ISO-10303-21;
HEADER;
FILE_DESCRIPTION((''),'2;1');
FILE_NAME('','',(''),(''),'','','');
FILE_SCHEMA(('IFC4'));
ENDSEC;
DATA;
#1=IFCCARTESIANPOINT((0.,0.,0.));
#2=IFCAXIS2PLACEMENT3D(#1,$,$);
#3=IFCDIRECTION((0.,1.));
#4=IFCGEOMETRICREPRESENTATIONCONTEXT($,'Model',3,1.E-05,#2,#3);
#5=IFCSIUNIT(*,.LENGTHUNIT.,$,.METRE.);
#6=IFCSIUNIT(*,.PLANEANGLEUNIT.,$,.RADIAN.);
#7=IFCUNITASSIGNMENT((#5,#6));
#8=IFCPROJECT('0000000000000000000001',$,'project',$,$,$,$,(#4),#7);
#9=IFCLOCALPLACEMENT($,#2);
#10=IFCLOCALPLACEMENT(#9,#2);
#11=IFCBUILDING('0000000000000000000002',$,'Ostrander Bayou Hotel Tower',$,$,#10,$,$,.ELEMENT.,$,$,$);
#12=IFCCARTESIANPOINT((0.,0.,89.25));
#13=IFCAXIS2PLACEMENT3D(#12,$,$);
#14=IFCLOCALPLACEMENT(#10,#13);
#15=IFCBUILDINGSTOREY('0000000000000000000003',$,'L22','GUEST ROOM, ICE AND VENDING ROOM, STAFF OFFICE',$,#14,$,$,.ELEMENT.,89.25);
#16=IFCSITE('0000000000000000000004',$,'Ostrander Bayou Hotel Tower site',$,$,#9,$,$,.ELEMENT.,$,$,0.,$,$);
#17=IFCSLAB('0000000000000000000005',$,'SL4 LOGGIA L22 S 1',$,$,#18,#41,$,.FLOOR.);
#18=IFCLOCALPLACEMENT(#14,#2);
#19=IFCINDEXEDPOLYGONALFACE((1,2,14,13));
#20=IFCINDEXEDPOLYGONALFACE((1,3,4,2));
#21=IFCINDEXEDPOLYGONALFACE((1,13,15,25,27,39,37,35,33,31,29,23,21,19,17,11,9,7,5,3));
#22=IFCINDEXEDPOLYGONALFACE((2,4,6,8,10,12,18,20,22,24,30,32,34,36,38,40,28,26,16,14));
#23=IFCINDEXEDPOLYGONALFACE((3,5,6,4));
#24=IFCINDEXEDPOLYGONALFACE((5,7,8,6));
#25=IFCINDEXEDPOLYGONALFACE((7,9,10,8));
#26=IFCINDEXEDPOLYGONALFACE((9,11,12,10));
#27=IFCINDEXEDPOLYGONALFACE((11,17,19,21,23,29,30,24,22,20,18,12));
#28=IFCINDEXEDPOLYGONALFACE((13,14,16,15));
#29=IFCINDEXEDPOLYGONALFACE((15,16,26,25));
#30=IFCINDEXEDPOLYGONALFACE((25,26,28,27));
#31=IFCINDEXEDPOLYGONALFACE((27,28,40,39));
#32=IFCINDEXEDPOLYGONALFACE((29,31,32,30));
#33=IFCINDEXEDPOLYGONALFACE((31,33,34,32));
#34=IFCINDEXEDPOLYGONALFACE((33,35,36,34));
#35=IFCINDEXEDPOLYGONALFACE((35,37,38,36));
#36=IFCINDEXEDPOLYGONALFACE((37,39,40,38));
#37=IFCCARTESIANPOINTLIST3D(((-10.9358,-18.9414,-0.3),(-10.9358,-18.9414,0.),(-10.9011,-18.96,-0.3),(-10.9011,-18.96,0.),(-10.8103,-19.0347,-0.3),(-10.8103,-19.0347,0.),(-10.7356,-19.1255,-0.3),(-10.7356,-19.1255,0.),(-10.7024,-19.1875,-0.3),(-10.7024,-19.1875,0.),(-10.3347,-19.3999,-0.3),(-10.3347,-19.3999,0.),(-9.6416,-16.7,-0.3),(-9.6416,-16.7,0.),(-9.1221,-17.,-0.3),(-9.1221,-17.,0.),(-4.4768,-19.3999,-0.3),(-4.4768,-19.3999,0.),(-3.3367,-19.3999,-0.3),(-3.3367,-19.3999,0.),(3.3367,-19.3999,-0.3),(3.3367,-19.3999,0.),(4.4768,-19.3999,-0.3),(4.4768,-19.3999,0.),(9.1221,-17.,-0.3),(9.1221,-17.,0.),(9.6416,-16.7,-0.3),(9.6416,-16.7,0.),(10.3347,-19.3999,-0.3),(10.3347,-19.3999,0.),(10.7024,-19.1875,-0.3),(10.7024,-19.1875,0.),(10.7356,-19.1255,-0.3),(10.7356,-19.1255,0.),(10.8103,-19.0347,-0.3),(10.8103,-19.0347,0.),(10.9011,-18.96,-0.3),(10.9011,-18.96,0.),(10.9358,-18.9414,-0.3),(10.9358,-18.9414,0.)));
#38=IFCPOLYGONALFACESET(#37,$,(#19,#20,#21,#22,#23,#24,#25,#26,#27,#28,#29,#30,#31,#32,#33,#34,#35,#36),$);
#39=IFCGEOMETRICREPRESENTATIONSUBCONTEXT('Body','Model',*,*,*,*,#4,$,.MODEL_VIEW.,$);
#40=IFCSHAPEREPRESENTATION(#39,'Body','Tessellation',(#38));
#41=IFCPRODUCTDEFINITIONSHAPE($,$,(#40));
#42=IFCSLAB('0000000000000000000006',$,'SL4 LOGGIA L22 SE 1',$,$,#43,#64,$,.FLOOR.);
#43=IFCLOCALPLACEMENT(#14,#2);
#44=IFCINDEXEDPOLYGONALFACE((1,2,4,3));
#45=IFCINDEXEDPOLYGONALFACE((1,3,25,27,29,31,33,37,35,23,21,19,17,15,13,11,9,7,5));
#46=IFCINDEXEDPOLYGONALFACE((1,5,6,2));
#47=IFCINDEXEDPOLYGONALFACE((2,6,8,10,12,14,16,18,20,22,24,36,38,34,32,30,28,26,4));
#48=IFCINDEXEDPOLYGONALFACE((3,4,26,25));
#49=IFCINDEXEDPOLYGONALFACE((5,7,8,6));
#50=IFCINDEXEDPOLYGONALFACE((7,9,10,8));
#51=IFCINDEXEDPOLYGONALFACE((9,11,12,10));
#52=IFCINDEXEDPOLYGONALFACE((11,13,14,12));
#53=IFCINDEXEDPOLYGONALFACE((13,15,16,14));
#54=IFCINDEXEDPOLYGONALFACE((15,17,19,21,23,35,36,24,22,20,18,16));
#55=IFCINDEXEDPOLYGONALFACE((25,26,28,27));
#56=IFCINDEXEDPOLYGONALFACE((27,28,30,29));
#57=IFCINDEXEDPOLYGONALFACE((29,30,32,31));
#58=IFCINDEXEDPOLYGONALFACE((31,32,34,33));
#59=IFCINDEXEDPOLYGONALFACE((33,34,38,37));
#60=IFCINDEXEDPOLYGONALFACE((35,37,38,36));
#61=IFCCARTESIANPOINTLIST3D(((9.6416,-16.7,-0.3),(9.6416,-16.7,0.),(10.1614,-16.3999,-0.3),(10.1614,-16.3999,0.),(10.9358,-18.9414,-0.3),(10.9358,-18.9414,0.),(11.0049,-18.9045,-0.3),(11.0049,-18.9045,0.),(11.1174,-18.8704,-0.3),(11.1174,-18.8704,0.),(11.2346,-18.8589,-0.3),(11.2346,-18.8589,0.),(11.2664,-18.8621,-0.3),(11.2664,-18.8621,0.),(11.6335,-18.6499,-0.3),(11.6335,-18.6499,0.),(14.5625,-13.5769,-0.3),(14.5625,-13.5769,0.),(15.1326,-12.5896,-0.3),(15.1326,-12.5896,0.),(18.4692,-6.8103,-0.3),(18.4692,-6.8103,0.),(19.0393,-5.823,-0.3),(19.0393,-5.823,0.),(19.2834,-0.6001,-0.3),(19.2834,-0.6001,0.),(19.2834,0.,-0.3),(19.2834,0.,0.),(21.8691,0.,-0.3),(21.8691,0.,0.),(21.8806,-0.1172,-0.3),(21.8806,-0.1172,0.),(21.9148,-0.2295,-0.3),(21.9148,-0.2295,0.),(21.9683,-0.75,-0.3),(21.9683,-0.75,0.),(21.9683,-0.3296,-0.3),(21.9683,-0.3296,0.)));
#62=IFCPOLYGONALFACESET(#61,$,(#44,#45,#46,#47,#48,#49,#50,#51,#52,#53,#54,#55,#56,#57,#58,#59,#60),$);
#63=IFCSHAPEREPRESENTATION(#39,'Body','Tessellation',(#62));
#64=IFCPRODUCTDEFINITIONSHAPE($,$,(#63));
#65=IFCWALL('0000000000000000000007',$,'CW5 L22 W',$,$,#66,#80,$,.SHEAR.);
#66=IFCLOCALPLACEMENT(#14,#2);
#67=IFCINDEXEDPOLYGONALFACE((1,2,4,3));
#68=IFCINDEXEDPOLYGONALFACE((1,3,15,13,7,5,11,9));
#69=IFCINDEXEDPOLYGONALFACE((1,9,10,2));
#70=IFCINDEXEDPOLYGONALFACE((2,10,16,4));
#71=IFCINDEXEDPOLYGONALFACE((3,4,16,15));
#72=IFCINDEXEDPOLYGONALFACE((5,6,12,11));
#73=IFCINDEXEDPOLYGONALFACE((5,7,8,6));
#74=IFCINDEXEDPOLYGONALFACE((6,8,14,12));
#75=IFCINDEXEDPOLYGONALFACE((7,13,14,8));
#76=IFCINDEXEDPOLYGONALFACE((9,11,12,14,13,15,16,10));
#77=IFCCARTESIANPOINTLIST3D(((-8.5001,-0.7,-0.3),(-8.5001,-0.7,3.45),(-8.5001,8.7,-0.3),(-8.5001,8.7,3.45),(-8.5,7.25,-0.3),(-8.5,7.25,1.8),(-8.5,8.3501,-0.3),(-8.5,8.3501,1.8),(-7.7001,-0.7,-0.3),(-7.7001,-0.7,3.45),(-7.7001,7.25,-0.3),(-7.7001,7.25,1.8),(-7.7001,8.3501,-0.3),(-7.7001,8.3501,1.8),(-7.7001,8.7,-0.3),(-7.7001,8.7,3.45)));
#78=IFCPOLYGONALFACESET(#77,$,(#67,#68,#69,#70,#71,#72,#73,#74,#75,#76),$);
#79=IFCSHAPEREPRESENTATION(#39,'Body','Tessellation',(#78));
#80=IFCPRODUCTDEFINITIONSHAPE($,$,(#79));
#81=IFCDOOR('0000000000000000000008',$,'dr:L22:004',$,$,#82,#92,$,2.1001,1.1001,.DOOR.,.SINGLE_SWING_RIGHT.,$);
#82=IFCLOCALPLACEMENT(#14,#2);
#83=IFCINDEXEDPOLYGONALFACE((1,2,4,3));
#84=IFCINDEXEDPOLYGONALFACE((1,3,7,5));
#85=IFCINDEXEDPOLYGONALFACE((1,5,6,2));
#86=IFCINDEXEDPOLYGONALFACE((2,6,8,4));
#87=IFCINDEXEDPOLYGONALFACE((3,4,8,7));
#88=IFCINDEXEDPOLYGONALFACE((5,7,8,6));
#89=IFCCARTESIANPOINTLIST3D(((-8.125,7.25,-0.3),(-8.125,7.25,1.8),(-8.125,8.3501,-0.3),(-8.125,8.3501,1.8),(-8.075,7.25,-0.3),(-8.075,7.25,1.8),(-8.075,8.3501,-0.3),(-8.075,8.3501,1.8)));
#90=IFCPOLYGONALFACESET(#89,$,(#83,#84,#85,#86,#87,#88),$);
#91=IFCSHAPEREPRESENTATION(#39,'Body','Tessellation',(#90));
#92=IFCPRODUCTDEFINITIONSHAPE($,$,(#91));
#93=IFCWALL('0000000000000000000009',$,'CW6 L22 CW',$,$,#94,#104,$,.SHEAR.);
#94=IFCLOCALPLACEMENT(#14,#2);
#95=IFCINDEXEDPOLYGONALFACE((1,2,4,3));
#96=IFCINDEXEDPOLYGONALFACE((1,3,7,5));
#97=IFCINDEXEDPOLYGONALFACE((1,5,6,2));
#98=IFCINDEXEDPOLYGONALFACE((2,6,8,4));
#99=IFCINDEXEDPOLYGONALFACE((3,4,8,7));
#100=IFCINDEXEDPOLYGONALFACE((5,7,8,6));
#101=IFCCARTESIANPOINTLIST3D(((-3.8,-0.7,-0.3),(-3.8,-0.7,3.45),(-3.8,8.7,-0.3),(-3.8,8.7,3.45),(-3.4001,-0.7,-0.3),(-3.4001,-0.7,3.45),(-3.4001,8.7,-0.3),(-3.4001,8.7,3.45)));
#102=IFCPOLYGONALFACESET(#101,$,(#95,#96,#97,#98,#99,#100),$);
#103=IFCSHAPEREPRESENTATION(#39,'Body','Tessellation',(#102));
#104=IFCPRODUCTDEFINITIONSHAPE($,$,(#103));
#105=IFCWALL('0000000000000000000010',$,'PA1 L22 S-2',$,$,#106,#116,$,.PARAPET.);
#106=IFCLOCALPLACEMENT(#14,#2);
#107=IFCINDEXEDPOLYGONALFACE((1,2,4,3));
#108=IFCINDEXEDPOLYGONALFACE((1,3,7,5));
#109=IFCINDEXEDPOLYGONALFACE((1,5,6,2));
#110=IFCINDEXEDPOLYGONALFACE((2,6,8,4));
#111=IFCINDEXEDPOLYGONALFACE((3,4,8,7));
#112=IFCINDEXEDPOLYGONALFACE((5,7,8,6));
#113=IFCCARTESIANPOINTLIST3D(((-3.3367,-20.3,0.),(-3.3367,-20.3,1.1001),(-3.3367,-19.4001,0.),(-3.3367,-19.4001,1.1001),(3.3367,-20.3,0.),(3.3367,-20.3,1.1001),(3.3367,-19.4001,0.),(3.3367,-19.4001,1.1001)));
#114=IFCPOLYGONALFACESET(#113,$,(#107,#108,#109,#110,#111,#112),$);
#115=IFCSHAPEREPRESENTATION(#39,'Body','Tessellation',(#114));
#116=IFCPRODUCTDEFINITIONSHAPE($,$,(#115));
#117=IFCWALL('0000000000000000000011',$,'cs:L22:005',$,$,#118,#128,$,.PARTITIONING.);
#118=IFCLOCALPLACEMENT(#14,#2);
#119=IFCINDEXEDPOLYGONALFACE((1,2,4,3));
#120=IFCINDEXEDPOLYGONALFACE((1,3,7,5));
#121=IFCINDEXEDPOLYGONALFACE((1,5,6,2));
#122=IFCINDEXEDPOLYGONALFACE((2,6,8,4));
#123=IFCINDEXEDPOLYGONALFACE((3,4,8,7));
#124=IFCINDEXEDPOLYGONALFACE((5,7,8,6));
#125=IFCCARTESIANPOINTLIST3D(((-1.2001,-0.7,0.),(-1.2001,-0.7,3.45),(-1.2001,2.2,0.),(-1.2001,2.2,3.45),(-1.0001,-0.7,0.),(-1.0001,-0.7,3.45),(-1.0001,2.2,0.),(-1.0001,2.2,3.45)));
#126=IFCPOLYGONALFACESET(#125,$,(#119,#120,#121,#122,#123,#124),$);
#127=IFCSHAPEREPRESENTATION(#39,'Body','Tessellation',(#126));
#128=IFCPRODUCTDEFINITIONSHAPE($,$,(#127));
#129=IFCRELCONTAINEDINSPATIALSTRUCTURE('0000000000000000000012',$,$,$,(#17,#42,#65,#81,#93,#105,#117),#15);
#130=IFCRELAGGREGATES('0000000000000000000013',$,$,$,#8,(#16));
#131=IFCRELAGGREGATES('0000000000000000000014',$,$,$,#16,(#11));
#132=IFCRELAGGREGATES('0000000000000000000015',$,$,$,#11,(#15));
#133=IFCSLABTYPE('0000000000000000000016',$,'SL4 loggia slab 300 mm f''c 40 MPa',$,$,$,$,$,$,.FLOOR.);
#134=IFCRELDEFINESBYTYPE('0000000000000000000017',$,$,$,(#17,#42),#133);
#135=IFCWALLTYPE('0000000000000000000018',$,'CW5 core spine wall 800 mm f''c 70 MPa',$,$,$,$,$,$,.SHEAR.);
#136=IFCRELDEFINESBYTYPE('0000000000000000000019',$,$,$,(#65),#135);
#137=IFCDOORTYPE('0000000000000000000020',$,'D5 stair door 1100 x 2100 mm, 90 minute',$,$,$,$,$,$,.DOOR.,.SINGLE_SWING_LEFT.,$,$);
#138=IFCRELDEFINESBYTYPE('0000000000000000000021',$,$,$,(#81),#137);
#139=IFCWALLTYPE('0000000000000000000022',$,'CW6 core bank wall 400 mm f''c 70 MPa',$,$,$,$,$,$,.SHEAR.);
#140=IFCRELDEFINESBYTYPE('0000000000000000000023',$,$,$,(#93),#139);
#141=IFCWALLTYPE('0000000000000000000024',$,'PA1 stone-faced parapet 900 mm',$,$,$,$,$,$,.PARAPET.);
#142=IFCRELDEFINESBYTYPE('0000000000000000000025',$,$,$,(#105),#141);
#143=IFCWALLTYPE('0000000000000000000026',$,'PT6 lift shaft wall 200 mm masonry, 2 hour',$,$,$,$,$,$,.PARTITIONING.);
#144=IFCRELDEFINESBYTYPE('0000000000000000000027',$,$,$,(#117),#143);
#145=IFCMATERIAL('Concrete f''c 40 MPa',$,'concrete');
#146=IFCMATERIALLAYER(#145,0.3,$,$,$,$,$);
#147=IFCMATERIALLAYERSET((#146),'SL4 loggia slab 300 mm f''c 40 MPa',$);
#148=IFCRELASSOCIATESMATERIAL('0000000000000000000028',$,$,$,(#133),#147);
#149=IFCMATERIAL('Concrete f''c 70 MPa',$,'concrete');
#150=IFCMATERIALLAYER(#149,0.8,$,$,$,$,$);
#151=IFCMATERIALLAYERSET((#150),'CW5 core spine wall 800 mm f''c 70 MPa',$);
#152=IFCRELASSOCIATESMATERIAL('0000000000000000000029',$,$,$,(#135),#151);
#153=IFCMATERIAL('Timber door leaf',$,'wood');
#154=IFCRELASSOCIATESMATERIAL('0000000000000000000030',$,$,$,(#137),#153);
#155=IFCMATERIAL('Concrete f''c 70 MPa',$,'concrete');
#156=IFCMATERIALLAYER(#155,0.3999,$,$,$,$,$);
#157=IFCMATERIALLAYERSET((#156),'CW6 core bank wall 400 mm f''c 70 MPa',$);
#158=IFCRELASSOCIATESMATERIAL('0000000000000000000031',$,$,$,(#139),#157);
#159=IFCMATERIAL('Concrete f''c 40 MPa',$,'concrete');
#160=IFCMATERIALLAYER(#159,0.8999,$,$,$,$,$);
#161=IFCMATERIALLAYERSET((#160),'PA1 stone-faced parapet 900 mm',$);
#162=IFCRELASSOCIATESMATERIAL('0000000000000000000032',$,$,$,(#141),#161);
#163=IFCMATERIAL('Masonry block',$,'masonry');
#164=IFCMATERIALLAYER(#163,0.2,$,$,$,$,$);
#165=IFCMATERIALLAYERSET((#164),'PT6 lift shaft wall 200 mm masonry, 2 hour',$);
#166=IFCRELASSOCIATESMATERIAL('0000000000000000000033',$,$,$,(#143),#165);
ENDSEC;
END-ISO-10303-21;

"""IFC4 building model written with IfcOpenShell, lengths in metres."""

from ifc_helpers import new_model, si_unit, direction, frame, frame_2d, origin, place, context, subcontext, project, spatial, polyline, rectangle, outline, extrude, material, layer, layer_set, type_object, element, fill, save


model = new_model("IFC4")

# Units and contexts
model_context = context("Model", 3, precision=1e-05, world=origin(), true_north=direction((0.0, 1.0)))
body_context = subcontext(model_context, "Body", "Model", "MODEL_VIEW")
ifc_project = project(units=[si_unit("LENGTHUNIT", "METRE"), si_unit("PLANEANGLEUNIT", "RADIAN")], contexts=[model_context])

# Site, building, storey
site_placement = place(None, origin())
site = spatial("IfcSite", under=ifc_project, at=site_placement, Name="Ostrander Bayou Hotel Tower site", CompositionType="ELEMENT", RefElevation=0.0)
building_placement = place(site_placement, origin())
building = spatial("IfcBuilding", under=site, at=building_placement, Name="Ostrander Bayou Hotel Tower", CompositionType="ELEMENT")
storey_placement = place(building_placement, frame((0.0, 0.0, 89.25)))
storey = spatial("IfcBuildingStorey", under=building, at=storey_placement, Name="L22", Description="GUEST ROOM, ICE AND VENDING ROOM, STAFF OFFICE", CompositionType="ELEMENT", Elevation=89.25)

# Slabs
ifc_material_1 = material(Name="Concrete f'c 40 MPa", Category="concrete")
ifc_layer_1 = layer(ifc_material_1, 0.3)
ifc_layer_set_1 = layer_set([ifc_layer_1], Name="SL4 loggia slab 300 mm f'c 40 MPa")
slab_type_1 = type_object("IfcSlabType", Name="SL4 loggia slab 300 mm f'c 40 MPa", PredefinedType="FLOOR", material=ifc_layer_set_1)
slab_1_placement = place(storey_placement, frame((0.0, 0.0, -0.3)))
element("IfcSlab", 1, at=slab_1_placement, inside=storey, type_object=slab_type_1, Name="SL4 LOGGIA L22 S 1", PredefinedType="FLOOR", context=body_context, shape_type="SweptSolid", body=[
    extrude(outline(polyline([(9.6416, -16.7), (10.9358, -18.9414), (10.9011, -18.96), (10.8103, -19.0347), (10.7356, -19.1255), (10.7024, -19.1875), (10.3347, -19.3999), (4.4768, -19.3999), (3.3367, -19.3999), (-3.3367, -19.3999), (-4.4768, -19.3999), (-10.3347, -19.3999), (-10.7024, -19.1875), (-10.7356, -19.1255), (-10.8103, -19.0347), (-10.9011, -18.96), (-10.9358, -18.9414), (-9.6416, -16.7), (-9.1221, -17.0), (9.1221, -17.0), (9.6416, -16.7)])), origin(), (0.0, 0.0, 1.0), 0.3),
])
slab_2_placement = place(storey_placement, frame((0.0, 0.0, -0.3)))
element("IfcSlab", 2, at=slab_2_placement, inside=storey, type_object=slab_type_1, Name="SL4 LOGGIA L22 SE 1", PredefinedType="FLOOR", context=body_context, shape_type="SweptSolid", body=[
    extrude(outline(polyline([(19.2834, 0.0), (21.8691, 0.0), (21.8806, -0.1172), (21.9148, -0.2295), (21.9683, -0.3296), (21.9683, -0.75), (19.0393, -5.823), (18.4692, -6.8103), (15.1326, -12.5896), (14.5625, -13.5769), (11.6335, -18.6499), (11.2664, -18.8621), (11.2346, -18.8589), (11.1174, -18.8704), (11.0049, -18.9045), (10.9358, -18.9414), (9.6416, -16.7), (10.1614, -16.3999), (19.2834, -0.6001), (19.2834, 0.0)])), origin(), (0.0, 0.0, 1.0), 0.3),
])

# Wall, opening, door
ifc_material_2 = material(Name="Concrete f'c 70 MPa", Category="concrete")
ifc_layer_2 = layer(ifc_material_2, 0.8)
ifc_layer_set_2 = layer_set([ifc_layer_2], Name="CW5 core spine wall 800 mm f'c 70 MPa")
wall_type_1 = type_object("IfcWallType", Name="CW5 core spine wall 800 mm f'c 70 MPa", PredefinedType="SHEAR", material=ifc_layer_set_2)
wall_1_placement = place(storey_placement, frame((-8.1001, -0.7, -0.3), z_axis=(0.0, 0.0, 1.0), x_axis=(0.0, 1.0, 0.0)))
wall_1 = element("IfcWall", 3, at=wall_1_placement, inside=storey, type_object=wall_type_1, Name="CW5 L22 W", PredefinedType="SHEAR", context=body_context, shape_type="SweptSolid", body=[
    extrude(rectangle(XDim=9.3999, YDim=0.8, at=frame_2d((4.7, 0.0))), origin(), (0.0, 0.0, 1.0), 3.75),
])
opening_1_placement = place(wall_1_placement, frame((7.95, 0.0, 0.0)))
opening_1 = element("IfcOpeningElement", 4, at=opening_1_placement, cuts=wall_1, PredefinedType="OPENING", context=body_context, shape_type="SweptSolid", body=[
    extrude(rectangle(XDim=1.1001, YDim=2.1001, at=frame_2d((0.55, 1.05))), frame((0.0, 0.3999, 0.0), z_axis=(0.0, -1.0, 0.0), x_axis=(1.0, 0.0, 0.0)), (0.0, 0.0, 1.0), 0.8),
])
ifc_material_3 = material(Name="Timber door leaf", Category="wood")
door_type_1 = type_object("IfcDoorType", Name="D5 stair door 1100 x 2100 mm, 90 minute", OperationType="SINGLE_SWING_LEFT", PredefinedType="DOOR", material=ifc_material_3)
door_1_placement = place(opening_1_placement, origin())
door_1 = element("IfcDoor", 5, at=door_1_placement, inside=storey, type_object=door_type_1, Name="dr:L22:004", OperationType="SINGLE_SWING_RIGHT", OverallHeight=2.1001, OverallWidth=1.1001, PredefinedType="DOOR", context=body_context, shape_type="SweptSolid", body=[
    extrude(rectangle(XDim=1.1001, YDim=2.1001, at=frame_2d((0.55, 1.05))), frame((0.0, 0.0249, 0.0), z_axis=(0.0, -1.0, 0.0), x_axis=(1.0, 0.0, 0.0)), (0.0, 0.0, 1.0), 0.05),
])
fill(opening_1, door_1)

# Walls
ifc_material_4 = material(Name="Concrete f'c 70 MPa", Category="concrete")
ifc_layer_3 = layer(ifc_material_4, 0.3999)
ifc_layer_set_3 = layer_set([ifc_layer_3], Name="CW6 core bank wall 400 mm f'c 70 MPa")
wall_type_2 = type_object("IfcWallType", Name="CW6 core bank wall 400 mm f'c 70 MPa", PredefinedType="SHEAR", material=ifc_layer_set_3)
wall_2_placement = place(storey_placement, frame((-3.6001, -0.7, -0.3), z_axis=(0.0, 0.0, 1.0), x_axis=(0.0, 1.0, 0.0)))
element("IfcWall", 6, at=wall_2_placement, inside=storey, type_object=wall_type_2, Name="CW6 L22 CW", PredefinedType="SHEAR", context=body_context, shape_type="SweptSolid", body=[
    extrude(rectangle(XDim=9.3999, YDim=0.3999, at=frame_2d((4.7, 0.0))), origin(), (0.0, 0.0, 1.0), 3.75),
])
ifc_material_5 = material(Name="Concrete f'c 40 MPa", Category="concrete")
ifc_layer_4 = layer(ifc_material_5, 0.8999)
ifc_layer_set_4 = layer_set([ifc_layer_4], Name="PA1 stone-faced parapet 900 mm")
wall_type_3 = type_object("IfcWallType", Name="PA1 stone-faced parapet 900 mm", PredefinedType="PARAPET", material=ifc_layer_set_4)
wall_3_placement = place(storey_placement, frame((-3.3367, -19.8501, 0.0), z_axis=(0.0, 0.0, 1.0), x_axis=(1.0, 0.0, 0.0)))
element("IfcWall", 7, at=wall_3_placement, inside=storey, type_object=wall_type_3, Name="PA1 L22 S-2", PredefinedType="PARAPET", context=body_context, shape_type="SweptSolid", body=[
    extrude(rectangle(XDim=6.6733, YDim=0.8999, at=frame_2d((3.3367, 0.0))), origin(), (0.0, 0.0, 1.0), 1.1001),
])
ifc_material_6 = material(Name="Masonry block", Category="masonry")
ifc_layer_5 = layer(ifc_material_6, 0.2)
ifc_layer_set_5 = layer_set([ifc_layer_5], Name="PT6 lift shaft wall 200 mm masonry, 2 hour")
wall_type_4 = type_object("IfcWallType", Name="PT6 lift shaft wall 200 mm masonry, 2 hour", PredefinedType="PARTITIONING", material=ifc_layer_set_5)
wall_4_placement = place(storey_placement, frame((-1.1001, -0.7, 0.0), z_axis=(0.0, 0.0, 1.0), x_axis=(0.0, 1.0, 0.0)))
element("IfcWall", 8, at=wall_4_placement, inside=storey, type_object=wall_type_4, Name="cs:L22:005", PredefinedType="PARTITIONING", context=body_context, shape_type="SweptSolid", body=[
    extrude(rectangle(XDim=2.8999, YDim=0.2, at=frame_2d((1.45, 0.0))), origin(), (0.0, 0.0, 1.0), 3.45),
])

save(model, "model.ifc")
